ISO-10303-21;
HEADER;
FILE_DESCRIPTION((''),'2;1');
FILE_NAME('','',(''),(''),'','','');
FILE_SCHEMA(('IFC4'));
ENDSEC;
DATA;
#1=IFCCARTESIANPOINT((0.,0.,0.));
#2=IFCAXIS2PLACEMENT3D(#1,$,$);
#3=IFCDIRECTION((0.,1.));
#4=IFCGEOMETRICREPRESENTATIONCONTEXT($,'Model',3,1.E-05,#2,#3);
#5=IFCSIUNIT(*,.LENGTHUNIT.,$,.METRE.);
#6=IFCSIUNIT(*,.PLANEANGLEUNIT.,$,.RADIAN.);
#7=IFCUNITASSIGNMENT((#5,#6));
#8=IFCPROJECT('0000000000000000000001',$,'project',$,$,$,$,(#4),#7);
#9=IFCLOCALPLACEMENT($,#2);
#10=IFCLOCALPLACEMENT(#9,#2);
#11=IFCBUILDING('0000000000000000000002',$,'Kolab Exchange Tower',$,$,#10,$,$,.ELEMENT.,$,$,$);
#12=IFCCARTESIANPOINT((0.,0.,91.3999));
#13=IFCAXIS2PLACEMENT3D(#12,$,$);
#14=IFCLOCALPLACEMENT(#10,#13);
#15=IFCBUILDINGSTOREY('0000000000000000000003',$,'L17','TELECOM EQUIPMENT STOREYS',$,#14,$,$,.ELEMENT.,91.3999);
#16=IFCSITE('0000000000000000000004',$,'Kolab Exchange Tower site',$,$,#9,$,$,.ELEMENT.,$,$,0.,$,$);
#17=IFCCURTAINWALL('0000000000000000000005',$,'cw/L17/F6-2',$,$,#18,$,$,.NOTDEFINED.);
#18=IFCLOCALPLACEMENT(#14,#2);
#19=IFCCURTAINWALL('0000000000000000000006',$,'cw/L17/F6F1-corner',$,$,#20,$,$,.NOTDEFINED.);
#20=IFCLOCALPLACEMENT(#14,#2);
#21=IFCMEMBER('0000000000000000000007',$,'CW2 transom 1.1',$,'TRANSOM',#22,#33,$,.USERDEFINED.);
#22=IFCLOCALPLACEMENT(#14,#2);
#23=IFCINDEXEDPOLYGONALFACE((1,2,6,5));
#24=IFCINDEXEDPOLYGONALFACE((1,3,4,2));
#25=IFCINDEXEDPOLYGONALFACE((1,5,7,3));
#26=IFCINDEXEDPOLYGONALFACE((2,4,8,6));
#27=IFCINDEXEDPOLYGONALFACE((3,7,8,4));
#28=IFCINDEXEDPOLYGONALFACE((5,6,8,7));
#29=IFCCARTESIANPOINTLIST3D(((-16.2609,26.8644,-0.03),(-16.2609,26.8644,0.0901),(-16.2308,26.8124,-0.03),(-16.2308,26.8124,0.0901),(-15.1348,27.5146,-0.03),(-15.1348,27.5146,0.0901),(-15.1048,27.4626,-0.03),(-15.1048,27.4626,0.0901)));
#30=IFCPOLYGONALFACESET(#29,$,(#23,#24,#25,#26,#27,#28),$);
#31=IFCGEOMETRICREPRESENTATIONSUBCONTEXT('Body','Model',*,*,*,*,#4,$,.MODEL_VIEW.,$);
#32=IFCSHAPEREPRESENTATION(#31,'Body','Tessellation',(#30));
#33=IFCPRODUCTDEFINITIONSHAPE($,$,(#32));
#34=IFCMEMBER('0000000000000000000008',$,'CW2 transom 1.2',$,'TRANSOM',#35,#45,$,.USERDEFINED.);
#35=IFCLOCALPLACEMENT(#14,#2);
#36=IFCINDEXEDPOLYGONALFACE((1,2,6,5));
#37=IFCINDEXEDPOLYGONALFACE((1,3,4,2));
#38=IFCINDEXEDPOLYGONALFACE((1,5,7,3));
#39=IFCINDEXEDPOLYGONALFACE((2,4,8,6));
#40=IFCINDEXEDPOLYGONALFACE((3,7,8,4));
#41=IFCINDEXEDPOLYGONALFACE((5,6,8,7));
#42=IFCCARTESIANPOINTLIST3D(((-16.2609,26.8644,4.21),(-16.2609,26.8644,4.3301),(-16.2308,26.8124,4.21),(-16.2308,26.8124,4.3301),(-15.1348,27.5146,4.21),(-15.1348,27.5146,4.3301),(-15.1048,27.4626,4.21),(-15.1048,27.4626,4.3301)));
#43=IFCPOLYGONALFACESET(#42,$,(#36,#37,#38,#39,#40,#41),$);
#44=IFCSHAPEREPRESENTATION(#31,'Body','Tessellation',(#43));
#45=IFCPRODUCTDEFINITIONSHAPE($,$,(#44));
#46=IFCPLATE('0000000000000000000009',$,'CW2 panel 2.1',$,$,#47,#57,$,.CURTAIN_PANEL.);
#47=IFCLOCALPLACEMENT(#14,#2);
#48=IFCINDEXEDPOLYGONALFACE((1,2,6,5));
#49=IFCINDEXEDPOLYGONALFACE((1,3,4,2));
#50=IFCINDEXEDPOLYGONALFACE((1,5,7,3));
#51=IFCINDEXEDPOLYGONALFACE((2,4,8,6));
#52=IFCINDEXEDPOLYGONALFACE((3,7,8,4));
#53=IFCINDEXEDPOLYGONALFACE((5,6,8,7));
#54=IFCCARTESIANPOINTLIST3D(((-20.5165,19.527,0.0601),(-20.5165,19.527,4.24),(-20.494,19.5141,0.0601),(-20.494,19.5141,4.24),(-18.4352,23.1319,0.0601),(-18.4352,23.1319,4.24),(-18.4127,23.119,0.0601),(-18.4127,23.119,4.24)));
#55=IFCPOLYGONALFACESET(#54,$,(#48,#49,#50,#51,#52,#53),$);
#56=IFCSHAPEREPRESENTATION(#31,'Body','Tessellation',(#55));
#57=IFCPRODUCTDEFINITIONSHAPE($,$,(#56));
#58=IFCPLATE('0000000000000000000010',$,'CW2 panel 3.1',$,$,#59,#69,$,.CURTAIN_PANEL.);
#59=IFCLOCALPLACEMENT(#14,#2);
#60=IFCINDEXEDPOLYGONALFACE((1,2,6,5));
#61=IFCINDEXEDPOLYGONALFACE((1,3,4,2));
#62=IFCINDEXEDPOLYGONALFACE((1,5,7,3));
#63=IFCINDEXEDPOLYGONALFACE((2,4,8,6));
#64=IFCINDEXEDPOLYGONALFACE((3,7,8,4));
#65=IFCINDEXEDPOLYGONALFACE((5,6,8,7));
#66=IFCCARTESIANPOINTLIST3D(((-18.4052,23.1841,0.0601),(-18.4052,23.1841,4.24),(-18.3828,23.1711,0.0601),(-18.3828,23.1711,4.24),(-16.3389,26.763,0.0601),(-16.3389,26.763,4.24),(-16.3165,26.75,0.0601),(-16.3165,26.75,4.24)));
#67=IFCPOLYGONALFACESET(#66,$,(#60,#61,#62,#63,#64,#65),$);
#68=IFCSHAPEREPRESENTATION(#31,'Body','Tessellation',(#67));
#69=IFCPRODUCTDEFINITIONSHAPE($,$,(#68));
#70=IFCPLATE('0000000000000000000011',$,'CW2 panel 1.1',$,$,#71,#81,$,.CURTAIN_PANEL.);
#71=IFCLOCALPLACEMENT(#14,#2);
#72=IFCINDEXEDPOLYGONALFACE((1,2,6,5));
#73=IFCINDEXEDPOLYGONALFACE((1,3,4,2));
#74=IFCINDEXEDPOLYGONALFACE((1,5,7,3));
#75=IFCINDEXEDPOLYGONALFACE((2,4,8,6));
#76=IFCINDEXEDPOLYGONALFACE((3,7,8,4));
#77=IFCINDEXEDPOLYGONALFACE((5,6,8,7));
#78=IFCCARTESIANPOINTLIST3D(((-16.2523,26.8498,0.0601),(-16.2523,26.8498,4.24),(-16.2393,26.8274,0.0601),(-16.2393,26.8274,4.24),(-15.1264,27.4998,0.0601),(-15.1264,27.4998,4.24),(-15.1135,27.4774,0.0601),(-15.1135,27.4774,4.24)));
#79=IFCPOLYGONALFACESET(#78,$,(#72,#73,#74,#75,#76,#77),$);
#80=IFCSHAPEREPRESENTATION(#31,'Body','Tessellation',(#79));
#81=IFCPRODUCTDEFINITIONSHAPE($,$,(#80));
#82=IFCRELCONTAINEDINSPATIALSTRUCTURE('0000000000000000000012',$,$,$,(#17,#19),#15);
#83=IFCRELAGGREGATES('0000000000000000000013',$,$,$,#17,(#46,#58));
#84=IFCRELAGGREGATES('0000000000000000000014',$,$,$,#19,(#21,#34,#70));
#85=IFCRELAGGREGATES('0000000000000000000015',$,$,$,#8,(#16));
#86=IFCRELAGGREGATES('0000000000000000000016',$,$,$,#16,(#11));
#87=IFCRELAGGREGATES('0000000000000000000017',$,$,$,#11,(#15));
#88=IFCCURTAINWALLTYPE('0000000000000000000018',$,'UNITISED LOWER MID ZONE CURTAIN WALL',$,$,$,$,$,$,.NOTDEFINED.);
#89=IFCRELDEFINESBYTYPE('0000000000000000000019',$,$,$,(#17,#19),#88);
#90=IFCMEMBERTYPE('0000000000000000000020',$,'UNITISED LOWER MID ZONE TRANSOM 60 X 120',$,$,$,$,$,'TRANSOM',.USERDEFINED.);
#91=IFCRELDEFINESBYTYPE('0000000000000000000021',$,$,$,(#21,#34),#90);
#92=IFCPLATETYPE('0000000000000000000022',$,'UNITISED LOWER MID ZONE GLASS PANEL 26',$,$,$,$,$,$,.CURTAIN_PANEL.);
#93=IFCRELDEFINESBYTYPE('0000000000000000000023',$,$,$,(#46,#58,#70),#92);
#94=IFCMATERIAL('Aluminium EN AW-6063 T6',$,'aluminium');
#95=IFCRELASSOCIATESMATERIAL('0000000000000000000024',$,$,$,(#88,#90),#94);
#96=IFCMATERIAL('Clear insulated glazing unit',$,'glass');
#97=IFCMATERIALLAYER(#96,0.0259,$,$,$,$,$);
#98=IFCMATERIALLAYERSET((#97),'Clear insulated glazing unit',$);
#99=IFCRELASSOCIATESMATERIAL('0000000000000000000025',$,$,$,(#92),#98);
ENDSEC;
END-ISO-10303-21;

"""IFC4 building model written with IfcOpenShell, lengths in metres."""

from ifc_helpers import new_model, si_unit, direction, frame, origin, origin_2d, place, context, subcontext, project, spatial, rectangle, extrude, material, layer, layer_set, material_profile, profile_set, type_object, element, aggregate, save


model = new_model("IFC4")

# Units and contexts
model_context = context("Model", 3, precision=1e-05, world=origin(), true_north=direction((0.0, 1.0)))
body_context = subcontext(model_context, "Body", "Model", "MODEL_VIEW")
ifc_project = project(units=[si_unit("LENGTHUNIT", "METRE"), si_unit("PLANEANGLEUNIT", "RADIAN")], contexts=[model_context])

# Site, building, storey
site_placement = place(None, origin())
site = spatial("IfcSite", under=ifc_project, at=site_placement, Name="Kolab Exchange Tower site", CompositionType="ELEMENT", RefElevation=0.0)
building_placement = place(site_placement, origin())
building = spatial("IfcBuilding", under=site, at=building_placement, Name="Kolab Exchange Tower", CompositionType="ELEMENT")
storey_placement = place(building_placement, frame((0.0, 0.0, 91.3999)))
storey = spatial("IfcBuildingStorey", under=building, at=storey_placement, Name="L17", Description="TELECOM EQUIPMENT STOREYS", CompositionType="ELEMENT", Elevation=91.3999)

# Shared definitions
ifc_material_1 = material(Name="Aluminium EN AW-6063 T6", Category="aluminium")
curtain_wall_type = type_object("IfcCurtainWallType", Name="UNITISED LOWER MID ZONE CURTAIN WALL", PredefinedType="NOTDEFINED", material=ifc_material_1)

# Curtain walls
curtain_wall_1_placement = place(storey_placement, origin())
curtain_wall_1 = element("IfcCurtainWall", 1, at=curtain_wall_1_placement, inside=storey, type_object=curtain_wall_type, Name="cw/L17/F6-2", PredefinedType="NOTDEFINED")
curtain_wall_2_placement = place(storey_placement, origin())
curtain_wall_2 = element("IfcCurtainWall", 2, at=curtain_wall_2_placement, inside=storey, type_object=curtain_wall_type, Name="cw/L17/F6F1-corner", PredefinedType="NOTDEFINED")

# Members
ifc_material_profile_1 = material_profile(ifc_material_1, rectangle(XDim=0.0601, YDim=0.1201, at=origin_2d()), Name="RECT 60X120")
ifc_profile_set_1 = profile_set([ifc_material_profile_1], Name="Aluminium EN AW-6063 T6")
member_type_1 = type_object("IfcMemberType", Name="UNITISED LOWER MID ZONE TRANSOM 60 X 120", ElementType="TRANSOM", PredefinedType="USERDEFINED", material=ifc_profile_set_1)
member_1_placement = place(storey_placement, frame((-16.2458, 26.8384, 0.03), z_axis=(0.866004, 0.500037, 0.0), x_axis=(-0.500037, 0.866004, 0.0)))
member_1 = element("IfcMember", 3, at=member_1_placement, type_object=member_type_1, Name="CW2 transom 1.1", ObjectType="TRANSOM", PredefinedType="USERDEFINED", context=body_context, shape_type="SweptSolid", body=[
    extrude(rectangle(XDim=0.0601, YDim=0.1201, at=origin_2d()), origin(), (0.0, 0.0, 1.0), 1.3003),
])
member_2_placement = place(storey_placement, frame((-16.2458, 26.8384, 4.27), z_axis=(0.866004, 0.500037, 0.0), x_axis=(-0.500037, 0.866004, 0.0)))
member_2 = element("IfcMember", 4, at=member_2_placement, type_object=member_type_1, Name="CW2 transom 1.2", ObjectType="TRANSOM", PredefinedType="USERDEFINED", context=body_context, shape_type="SweptSolid", body=[
    extrude(rectangle(XDim=0.0601, YDim=0.1201, at=origin_2d()), origin(), (0.0, 0.0, 1.0), 1.3003),
])

# Plates
ifc_material_2 = material(Name="Clear insulated glazing unit", Category="glass")
ifc_layer = layer(ifc_material_2, 0.0259)
ifc_layer_set = layer_set([ifc_layer], Name="Clear insulated glazing unit")
plate_type = type_object("IfcPlateType", Name="UNITISED LOWER MID ZONE GLASS PANEL 26", PredefinedType="CURTAIN_PANEL", material=ifc_layer_set)
plate_1_placement = place(storey_placement, frame((-19.4646, 21.323, 0.0601), z_axis=(0.0, 0.0, 1.0), x_axis=(0.5, 0.866025, 0.0)))
plate_1 = element("IfcPlate", 5, at=plate_1_placement, type_object=plate_type, Name="CW2 panel 2.1", PredefinedType="CURTAIN_PANEL", context=body_context, shape_type="SweptSolid", body=[
    extrude(rectangle(XDim=4.1626, YDim=0.0259, at=origin_2d()), origin(), (0.0, 0.0, 1.0), 4.1799),
])
plate_2_placement = place(storey_placement, frame((-17.3608, 24.967, 0.0601), z_axis=(0.0, 0.0, 1.0), x_axis=(0.5, 0.866025, 0.0)))
plate_2 = element("IfcPlate", 6, at=plate_2_placement, type_object=plate_type, Name="CW2 panel 3.1", PredefinedType="CURTAIN_PANEL", context=body_context, shape_type="SweptSolid", body=[
    extrude(rectangle(XDim=4.1326, YDim=0.0259, at=origin_2d()), origin(), (0.0, 0.0, 1.0), 4.1799),
])
aggregate(curtain_wall_1, [plate_1, plate_2])
plate_3_placement = place(storey_placement, frame((-15.6829, 27.1636, 0.0601), z_axis=(0.0, 0.0, 1.0), x_axis=(0.866025, 0.5, 0.0)))
plate_3 = element("IfcPlate", 7, at=plate_3_placement, type_object=plate_type, Name="CW2 panel 1.1", PredefinedType="CURTAIN_PANEL", context=body_context, shape_type="SweptSolid", body=[
    extrude(rectangle(XDim=1.3, YDim=0.0259, at=origin_2d()), origin(), (0.0, 0.0, 1.0), 4.1799),
])
aggregate(curtain_wall_2, [member_1, member_2, plate_3])

save(model, "model.ifc")
